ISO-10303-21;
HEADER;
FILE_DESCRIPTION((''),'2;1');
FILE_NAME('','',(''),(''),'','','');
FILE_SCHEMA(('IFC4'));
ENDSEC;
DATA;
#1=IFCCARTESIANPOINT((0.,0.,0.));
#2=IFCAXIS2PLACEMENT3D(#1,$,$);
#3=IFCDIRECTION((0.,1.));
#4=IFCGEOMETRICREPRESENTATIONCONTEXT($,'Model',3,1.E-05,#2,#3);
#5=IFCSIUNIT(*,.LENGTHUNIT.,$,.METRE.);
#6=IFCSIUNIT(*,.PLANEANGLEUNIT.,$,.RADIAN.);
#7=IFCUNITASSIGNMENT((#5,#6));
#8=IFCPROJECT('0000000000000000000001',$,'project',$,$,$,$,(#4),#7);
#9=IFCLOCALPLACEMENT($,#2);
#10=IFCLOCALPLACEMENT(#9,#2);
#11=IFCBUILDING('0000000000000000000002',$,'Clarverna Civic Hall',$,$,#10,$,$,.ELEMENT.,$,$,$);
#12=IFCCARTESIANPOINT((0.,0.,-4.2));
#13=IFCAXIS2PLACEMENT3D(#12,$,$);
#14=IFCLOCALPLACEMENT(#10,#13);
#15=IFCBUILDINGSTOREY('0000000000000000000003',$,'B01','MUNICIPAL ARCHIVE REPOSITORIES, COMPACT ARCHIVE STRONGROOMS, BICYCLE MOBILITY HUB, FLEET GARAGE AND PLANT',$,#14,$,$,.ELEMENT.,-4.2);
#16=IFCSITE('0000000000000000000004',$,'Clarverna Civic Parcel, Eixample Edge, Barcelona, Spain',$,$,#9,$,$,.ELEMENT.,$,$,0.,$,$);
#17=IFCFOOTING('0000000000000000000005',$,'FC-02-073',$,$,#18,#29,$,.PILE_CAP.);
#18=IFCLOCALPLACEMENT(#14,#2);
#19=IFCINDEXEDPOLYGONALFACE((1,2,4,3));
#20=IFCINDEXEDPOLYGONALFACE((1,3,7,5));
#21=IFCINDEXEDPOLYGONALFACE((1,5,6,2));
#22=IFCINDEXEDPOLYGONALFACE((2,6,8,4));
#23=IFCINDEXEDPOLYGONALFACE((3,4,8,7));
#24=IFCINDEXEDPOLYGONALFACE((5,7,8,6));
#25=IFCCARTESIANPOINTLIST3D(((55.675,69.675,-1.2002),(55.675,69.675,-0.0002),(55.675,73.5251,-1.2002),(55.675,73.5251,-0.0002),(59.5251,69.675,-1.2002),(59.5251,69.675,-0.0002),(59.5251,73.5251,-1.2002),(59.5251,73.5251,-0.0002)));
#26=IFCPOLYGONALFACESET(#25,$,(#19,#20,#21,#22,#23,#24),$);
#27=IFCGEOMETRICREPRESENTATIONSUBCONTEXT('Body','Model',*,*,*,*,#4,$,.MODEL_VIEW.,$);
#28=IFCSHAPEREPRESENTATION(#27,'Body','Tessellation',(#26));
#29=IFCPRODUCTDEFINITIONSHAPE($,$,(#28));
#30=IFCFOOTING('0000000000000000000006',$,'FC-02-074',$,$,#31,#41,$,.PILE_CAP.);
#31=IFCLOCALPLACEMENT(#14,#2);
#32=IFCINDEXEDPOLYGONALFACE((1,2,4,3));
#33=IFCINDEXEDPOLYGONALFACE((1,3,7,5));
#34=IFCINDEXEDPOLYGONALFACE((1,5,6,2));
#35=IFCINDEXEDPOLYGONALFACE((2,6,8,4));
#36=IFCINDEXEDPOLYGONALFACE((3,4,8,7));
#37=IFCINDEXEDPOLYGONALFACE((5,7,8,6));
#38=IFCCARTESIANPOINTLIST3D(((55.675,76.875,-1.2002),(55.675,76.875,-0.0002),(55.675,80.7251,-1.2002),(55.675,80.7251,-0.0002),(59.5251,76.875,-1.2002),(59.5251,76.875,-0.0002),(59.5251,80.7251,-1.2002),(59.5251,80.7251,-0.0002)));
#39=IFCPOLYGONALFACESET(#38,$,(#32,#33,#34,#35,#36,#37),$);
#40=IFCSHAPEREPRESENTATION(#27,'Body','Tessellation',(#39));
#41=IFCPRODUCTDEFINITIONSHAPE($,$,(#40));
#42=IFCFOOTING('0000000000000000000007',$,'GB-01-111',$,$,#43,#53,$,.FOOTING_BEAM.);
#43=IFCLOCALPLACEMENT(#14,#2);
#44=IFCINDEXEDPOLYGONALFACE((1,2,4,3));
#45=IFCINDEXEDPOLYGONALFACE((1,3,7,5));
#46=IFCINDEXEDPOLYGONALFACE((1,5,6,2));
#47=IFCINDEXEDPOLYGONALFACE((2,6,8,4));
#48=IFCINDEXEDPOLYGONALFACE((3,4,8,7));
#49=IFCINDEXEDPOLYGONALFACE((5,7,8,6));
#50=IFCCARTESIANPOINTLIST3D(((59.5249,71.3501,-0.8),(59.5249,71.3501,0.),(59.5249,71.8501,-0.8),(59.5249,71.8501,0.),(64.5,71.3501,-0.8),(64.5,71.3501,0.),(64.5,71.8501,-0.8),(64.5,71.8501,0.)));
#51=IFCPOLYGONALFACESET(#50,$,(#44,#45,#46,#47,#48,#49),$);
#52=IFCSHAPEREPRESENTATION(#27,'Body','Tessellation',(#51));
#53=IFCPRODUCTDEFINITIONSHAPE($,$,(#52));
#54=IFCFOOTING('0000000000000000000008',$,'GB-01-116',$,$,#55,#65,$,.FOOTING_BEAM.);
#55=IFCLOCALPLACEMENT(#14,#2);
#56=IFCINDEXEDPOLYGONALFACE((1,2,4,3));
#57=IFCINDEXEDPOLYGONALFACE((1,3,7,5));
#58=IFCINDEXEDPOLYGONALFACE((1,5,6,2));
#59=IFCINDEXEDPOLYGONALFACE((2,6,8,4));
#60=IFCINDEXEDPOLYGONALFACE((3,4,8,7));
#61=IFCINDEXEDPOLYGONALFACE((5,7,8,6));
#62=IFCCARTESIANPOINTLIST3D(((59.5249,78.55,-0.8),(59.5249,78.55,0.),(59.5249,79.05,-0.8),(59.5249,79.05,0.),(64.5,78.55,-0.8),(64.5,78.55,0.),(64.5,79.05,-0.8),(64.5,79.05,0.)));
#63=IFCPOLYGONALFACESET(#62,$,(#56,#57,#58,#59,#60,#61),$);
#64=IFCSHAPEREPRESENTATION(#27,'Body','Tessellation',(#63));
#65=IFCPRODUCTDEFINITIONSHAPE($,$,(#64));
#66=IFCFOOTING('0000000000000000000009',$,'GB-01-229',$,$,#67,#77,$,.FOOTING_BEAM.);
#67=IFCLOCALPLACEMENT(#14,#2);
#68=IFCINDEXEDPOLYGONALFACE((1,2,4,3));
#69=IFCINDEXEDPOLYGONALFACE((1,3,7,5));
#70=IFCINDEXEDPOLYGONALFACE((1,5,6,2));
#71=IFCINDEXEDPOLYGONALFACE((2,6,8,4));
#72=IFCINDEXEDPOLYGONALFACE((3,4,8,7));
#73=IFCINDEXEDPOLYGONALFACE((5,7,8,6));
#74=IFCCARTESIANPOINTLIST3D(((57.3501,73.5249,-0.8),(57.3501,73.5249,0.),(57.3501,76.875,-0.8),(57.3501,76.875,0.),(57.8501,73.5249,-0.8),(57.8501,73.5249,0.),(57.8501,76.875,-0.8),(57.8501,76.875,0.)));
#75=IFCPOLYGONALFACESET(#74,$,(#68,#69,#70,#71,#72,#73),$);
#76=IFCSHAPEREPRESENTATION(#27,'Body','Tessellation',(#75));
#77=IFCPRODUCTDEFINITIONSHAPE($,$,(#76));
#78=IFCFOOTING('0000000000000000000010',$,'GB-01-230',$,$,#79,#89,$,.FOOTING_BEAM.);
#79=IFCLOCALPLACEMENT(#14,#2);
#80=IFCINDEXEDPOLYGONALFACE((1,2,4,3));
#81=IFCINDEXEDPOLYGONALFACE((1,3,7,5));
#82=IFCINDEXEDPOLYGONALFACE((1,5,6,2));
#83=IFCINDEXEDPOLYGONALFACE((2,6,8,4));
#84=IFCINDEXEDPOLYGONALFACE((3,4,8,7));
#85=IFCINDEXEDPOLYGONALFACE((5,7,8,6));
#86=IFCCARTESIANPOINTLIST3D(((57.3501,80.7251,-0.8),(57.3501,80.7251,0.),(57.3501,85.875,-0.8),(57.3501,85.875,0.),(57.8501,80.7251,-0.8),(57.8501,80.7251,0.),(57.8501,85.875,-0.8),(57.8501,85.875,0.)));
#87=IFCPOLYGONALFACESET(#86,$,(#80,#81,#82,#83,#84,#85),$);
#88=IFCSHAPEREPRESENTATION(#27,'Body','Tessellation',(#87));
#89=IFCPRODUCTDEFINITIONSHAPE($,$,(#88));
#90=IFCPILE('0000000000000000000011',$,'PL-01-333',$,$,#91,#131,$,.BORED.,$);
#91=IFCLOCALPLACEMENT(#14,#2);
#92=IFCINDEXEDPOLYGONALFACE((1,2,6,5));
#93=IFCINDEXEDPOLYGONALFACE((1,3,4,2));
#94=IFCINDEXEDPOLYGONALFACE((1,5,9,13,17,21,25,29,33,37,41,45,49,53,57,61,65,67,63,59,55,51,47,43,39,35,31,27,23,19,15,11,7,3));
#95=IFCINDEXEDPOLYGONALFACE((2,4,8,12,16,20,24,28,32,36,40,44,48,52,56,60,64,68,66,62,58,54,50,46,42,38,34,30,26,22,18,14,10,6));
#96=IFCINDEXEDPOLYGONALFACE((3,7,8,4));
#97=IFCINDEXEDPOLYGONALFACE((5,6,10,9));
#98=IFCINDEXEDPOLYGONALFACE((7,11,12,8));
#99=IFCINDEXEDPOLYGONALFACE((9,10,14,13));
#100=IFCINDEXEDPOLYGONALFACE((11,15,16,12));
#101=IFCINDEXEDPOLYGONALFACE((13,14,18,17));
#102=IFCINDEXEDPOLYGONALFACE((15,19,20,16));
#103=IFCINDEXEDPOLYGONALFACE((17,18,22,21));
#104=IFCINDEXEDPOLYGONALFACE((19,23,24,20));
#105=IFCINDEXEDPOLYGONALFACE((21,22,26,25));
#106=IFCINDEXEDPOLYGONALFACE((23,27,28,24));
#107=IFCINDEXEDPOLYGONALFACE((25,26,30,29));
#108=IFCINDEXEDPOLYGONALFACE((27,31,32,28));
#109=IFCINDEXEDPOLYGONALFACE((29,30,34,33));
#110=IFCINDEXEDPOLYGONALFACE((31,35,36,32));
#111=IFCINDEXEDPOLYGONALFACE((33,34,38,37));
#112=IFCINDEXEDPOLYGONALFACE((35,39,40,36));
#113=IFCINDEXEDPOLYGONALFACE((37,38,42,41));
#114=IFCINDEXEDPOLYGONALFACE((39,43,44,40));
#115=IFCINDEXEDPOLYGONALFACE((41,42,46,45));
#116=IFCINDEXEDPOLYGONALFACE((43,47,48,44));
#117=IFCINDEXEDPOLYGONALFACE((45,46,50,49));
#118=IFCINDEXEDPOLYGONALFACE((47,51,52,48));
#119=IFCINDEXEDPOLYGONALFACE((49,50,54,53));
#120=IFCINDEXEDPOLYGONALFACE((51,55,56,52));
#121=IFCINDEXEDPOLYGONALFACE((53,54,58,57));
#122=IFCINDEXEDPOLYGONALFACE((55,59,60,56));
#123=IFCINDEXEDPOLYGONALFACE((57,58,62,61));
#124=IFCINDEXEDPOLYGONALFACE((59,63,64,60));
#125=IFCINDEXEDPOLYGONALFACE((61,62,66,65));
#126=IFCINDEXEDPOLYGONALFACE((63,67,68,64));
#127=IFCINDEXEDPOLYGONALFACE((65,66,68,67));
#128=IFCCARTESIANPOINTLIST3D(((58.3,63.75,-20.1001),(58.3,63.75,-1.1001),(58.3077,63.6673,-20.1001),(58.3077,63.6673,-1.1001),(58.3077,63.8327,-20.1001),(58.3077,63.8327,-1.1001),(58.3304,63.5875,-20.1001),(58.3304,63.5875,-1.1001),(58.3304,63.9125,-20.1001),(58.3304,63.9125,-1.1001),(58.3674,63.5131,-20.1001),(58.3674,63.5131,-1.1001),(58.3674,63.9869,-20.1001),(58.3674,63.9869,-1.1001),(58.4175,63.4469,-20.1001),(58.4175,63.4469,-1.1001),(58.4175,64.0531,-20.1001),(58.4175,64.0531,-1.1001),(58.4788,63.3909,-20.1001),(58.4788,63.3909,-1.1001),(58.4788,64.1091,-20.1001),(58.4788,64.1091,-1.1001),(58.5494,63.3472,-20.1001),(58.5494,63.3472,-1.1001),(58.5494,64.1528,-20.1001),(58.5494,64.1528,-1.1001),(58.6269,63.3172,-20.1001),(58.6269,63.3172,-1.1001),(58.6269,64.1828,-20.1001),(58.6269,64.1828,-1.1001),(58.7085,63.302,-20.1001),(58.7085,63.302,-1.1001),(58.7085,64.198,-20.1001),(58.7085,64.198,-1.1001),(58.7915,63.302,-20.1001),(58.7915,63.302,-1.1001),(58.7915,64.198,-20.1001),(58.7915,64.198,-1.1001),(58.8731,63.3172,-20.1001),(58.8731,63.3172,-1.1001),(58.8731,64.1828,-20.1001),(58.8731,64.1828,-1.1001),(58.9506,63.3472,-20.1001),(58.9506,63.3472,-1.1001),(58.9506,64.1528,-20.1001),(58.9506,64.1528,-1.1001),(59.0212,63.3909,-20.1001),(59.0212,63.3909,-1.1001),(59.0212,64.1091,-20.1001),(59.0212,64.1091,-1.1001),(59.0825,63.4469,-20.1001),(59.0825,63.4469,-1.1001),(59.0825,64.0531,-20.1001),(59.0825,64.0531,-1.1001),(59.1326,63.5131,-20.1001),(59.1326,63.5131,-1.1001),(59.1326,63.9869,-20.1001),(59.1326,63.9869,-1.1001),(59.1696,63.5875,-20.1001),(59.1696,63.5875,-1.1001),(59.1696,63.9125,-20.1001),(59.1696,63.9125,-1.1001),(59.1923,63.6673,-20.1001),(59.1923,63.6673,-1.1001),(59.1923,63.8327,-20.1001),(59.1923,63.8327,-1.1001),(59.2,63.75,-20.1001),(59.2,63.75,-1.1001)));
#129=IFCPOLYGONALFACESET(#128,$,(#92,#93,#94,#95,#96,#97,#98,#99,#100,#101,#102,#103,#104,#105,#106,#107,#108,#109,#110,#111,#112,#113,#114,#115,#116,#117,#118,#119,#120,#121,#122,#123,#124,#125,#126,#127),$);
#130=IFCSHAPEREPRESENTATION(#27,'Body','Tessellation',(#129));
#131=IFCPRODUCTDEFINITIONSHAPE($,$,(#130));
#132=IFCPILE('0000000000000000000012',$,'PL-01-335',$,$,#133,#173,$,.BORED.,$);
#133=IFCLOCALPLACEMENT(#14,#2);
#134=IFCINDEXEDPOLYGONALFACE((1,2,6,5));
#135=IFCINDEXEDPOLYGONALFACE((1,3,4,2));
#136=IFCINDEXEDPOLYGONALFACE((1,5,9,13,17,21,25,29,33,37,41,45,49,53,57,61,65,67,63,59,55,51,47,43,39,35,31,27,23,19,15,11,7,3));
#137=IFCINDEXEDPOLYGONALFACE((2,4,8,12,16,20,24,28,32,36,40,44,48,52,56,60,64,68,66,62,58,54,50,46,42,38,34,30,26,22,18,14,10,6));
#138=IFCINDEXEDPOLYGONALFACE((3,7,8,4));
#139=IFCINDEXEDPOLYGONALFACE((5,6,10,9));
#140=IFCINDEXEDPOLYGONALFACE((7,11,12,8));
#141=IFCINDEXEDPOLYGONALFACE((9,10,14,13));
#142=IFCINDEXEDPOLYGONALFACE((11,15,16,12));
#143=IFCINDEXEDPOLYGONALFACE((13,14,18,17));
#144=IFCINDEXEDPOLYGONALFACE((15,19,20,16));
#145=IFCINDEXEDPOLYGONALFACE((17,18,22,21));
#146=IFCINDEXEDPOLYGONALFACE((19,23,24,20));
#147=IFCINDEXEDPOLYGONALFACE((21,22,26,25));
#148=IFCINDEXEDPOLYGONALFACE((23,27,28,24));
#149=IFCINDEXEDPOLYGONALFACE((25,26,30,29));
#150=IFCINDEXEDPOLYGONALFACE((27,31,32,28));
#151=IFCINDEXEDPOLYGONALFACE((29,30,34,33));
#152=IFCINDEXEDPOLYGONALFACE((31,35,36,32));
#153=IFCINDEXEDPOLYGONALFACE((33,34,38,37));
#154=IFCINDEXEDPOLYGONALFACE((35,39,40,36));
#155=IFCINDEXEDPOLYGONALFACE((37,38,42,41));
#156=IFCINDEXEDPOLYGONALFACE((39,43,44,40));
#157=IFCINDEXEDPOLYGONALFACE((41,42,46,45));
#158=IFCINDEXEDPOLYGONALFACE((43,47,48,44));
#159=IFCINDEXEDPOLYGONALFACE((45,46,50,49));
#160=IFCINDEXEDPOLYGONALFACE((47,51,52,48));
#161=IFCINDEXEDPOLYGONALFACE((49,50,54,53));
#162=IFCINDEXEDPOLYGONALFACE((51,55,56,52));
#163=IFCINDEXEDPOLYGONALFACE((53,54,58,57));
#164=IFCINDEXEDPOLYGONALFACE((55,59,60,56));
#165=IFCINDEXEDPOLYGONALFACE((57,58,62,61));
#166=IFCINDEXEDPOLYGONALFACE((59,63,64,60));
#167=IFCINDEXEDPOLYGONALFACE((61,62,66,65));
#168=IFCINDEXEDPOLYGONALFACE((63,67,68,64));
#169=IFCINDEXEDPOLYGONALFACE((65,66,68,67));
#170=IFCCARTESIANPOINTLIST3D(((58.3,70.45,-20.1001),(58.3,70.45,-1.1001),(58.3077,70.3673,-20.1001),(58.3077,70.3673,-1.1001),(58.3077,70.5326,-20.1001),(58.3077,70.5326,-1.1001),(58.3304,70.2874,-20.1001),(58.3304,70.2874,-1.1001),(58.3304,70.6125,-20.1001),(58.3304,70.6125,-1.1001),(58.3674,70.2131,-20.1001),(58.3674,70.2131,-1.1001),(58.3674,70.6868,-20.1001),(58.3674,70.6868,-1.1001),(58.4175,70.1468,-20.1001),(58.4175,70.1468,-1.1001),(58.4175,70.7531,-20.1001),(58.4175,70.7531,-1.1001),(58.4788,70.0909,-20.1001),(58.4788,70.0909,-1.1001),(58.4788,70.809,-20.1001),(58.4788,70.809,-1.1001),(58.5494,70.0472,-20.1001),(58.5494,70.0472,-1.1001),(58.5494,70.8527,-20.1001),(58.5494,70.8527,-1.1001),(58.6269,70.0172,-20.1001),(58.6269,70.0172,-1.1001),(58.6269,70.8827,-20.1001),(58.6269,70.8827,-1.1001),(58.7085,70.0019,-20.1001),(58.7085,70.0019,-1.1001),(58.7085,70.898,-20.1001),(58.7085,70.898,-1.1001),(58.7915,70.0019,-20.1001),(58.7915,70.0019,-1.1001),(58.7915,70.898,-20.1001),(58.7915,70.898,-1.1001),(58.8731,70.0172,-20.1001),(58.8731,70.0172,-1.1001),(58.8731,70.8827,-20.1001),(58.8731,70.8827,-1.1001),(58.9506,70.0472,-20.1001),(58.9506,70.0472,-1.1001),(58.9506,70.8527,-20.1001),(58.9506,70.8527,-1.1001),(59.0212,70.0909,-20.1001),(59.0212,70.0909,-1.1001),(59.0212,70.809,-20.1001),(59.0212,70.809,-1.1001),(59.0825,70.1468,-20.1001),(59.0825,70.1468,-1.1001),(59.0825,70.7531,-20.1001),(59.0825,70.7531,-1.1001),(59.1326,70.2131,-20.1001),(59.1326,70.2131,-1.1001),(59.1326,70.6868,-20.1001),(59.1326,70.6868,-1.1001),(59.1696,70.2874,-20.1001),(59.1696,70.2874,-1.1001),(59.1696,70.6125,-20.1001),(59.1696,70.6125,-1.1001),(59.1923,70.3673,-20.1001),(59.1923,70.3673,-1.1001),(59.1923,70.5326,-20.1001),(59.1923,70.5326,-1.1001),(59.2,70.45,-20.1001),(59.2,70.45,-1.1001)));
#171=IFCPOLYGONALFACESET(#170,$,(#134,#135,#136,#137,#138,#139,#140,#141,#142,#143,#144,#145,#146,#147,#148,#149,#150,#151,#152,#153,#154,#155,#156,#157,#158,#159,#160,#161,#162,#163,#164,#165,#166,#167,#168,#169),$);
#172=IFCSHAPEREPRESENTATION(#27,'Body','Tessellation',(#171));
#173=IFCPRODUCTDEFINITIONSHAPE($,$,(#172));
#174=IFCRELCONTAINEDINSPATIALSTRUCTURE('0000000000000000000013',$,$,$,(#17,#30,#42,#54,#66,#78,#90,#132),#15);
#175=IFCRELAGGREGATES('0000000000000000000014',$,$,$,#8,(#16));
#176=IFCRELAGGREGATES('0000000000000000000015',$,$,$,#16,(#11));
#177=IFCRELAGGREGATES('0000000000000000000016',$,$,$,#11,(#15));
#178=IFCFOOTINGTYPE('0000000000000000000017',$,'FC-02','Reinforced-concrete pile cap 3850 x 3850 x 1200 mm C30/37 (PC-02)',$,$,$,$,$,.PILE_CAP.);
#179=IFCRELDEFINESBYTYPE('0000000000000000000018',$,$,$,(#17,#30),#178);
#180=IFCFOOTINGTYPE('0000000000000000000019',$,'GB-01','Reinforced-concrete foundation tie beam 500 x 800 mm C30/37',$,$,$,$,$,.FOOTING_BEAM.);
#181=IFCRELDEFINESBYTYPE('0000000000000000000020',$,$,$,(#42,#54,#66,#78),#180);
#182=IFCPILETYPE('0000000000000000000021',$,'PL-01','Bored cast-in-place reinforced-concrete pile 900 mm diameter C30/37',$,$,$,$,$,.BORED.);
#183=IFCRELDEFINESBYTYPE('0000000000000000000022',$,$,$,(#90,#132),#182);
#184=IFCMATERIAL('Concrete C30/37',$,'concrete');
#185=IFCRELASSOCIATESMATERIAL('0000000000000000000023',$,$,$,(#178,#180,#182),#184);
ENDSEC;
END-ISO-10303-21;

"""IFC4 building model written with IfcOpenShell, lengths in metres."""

from ifc_helpers import new_model, si_unit, direction, frame, frame_2d, origin, origin_2d, place, context, subcontext, project, spatial, rectangle, circle, extrude, material, material_profile, profile_set, type_object, element, save


model = new_model("IFC4")

# Units and contexts
model_context = context("Model", 3, precision=1e-05, world=origin(), true_north=direction((0.0, 1.0)))
body_context = subcontext(model_context, "Body", "Model", "MODEL_VIEW")
ifc_project = project(units=[si_unit("LENGTHUNIT", "METRE"), si_unit("PLANEANGLEUNIT", "RADIAN")], contexts=[model_context])

# Site, building, storey
site_placement = place(None, origin())
site = spatial("IfcSite", under=ifc_project, at=site_placement, Name="Clarverna Civic Parcel, Eixample Edge, Barcelona, Spain", CompositionType="ELEMENT", RefElevation=0.0)
building_placement = place(site_placement, origin())
building = spatial("IfcBuilding", under=site, at=building_placement, Name="Clarverna Civic Hall", CompositionType="ELEMENT")
storey_placement = place(building_placement, frame((0.0, 0.0, -4.2)))
storey = spatial("IfcBuildingStorey", under=building, at=storey_placement, Name="B01", Description="MUNICIPAL ARCHIVE REPOSITORIES, COMPACT ARCHIVE STRONGROOMS, BICYCLE MOBILITY HUB, FLEET GARAGE AND PLANT", CompositionType="ELEMENT", Elevation=-4.2)

# Footings
ifc_material_1 = material(Name="Concrete C30/37", Category="concrete")
footing_type_1 = type_object("IfcFootingType", Name="FC-02", Description="Reinforced-concrete pile cap 3850 x 3850 x 1200 mm C30/37 (PC-02)", PredefinedType="PILE_CAP", material=ifc_material_1)
for number, where, z_axis, x_axis, name in (
    (1, (57.6001, 71.6001, -1.2002), (0.0, 0.0, 1.0), (1.0, 0.0, 0.0), "FC-02-073"),
    (2, (57.6001, 78.8, -1.2002), (0.0, 0.0, 1.0), (1.0, 0.0, 0.0), "FC-02-074"),
):
    element("IfcFooting", number, at=place(storey_placement, frame(where, z_axis=z_axis, x_axis=x_axis)), inside=storey, type_object=footing_type_1, Name=name, PredefinedType="PILE_CAP", context=body_context, shape_type="SweptSolid", body=[
        extrude(rectangle(XDim=3.8501, YDim=3.8501, at=origin_2d()), origin(), (0.0, 0.0, 1.0), 1.2),
    ])
footing_type_2 = type_object("IfcFootingType", Name="GB-01", Description="Reinforced-concrete foundation tie beam 500 x 800 mm C30/37", PredefinedType="FOOTING_BEAM", material=ifc_material_1)
for number, where, z_axis, x_axis, name in (
    (3, (59.5249, 71.6001, -0.8), (0.0, 0.0, 1.0), (1.0, 0.0, 0.0), "GB-01-111"),
    (4, (59.5249, 78.8, -0.8), (0.0, 0.0, 1.0), (1.0, 0.0, 0.0), "GB-01-116"),
):
    element("IfcFooting", number, at=place(storey_placement, frame(where, z_axis=z_axis, x_axis=x_axis)), inside=storey, type_object=footing_type_2, Name=name, PredefinedType="FOOTING_BEAM", context=body_context, shape_type="SweptSolid", body=[
        extrude(rectangle(XDim=4.9751, YDim=0.5, at=frame_2d((2.4875, 0.0))), origin(), (0.0, 0.0, 1.0), 0.8),
    ])
footing_1_placement = place(storey_placement, frame((57.6001, 73.5249, -0.8), z_axis=(0.0, 0.0, 1.0), x_axis=(0.0, 1.0, 0.0)))
element("IfcFooting", 5, at=footing_1_placement, inside=storey, type_object=footing_type_2, Name="GB-01-229", PredefinedType="FOOTING_BEAM", context=body_context, shape_type="SweptSolid", body=[
    extrude(rectangle(XDim=3.3501, YDim=0.5, at=frame_2d((1.675, 0.0))), origin(), (0.0, 0.0, 1.0), 0.8),
])
footing_2_placement = place(storey_placement, frame((57.6001, 80.7251, -0.8), z_axis=(0.0, 0.0, 1.0), x_axis=(0.0, 1.0, 0.0)))
element("IfcFooting", 6, at=footing_2_placement, inside=storey, type_object=footing_type_2, Name="GB-01-230", PredefinedType="FOOTING_BEAM", context=body_context, shape_type="SweptSolid", body=[
    extrude(rectangle(XDim=5.1499, YDim=0.5, at=frame_2d((2.575, 0.0))), origin(), (0.0, 0.0, 1.0), 0.8),
])

# Piles
ifc_material_profile_1 = material_profile(ifc_material_1, circle(Radius=0.45, at=origin_2d()), Name="BORED PILE D900")
ifc_profile_set_1 = profile_set([ifc_material_profile_1], Name="Concrete C30/37")
pile_type_1 = type_object("IfcPileType", Name="PL-01", Description="Bored cast-in-place reinforced-concrete pile 900 mm diameter C30/37", PredefinedType="BORED", material=ifc_profile_set_1)
for number, where, z_axis, x_axis, name in (
    (7, (58.75, 63.75, -1.1001), (0.0, 0.0, -1.0), (1.0, 0.0, 0.0), "PL-01-333"),
    (8, (58.75, 70.45, -1.1001), (0.0, 0.0, -1.0), (1.0, 0.0, 0.0), "PL-01-335"),
):
    element("IfcPile", number, at=place(storey_placement, frame(where, z_axis=z_axis, x_axis=x_axis)), inside=storey, type_object=pile_type_1, Name=name, PredefinedType="BORED", context=body_context, shape_type="SweptSolid", body=[
        extrude(circle(Radius=0.45, at=origin_2d()), origin(), (0.0, 0.0, 1.0), 19.0),
    ])

save(model, "model.ifc")
